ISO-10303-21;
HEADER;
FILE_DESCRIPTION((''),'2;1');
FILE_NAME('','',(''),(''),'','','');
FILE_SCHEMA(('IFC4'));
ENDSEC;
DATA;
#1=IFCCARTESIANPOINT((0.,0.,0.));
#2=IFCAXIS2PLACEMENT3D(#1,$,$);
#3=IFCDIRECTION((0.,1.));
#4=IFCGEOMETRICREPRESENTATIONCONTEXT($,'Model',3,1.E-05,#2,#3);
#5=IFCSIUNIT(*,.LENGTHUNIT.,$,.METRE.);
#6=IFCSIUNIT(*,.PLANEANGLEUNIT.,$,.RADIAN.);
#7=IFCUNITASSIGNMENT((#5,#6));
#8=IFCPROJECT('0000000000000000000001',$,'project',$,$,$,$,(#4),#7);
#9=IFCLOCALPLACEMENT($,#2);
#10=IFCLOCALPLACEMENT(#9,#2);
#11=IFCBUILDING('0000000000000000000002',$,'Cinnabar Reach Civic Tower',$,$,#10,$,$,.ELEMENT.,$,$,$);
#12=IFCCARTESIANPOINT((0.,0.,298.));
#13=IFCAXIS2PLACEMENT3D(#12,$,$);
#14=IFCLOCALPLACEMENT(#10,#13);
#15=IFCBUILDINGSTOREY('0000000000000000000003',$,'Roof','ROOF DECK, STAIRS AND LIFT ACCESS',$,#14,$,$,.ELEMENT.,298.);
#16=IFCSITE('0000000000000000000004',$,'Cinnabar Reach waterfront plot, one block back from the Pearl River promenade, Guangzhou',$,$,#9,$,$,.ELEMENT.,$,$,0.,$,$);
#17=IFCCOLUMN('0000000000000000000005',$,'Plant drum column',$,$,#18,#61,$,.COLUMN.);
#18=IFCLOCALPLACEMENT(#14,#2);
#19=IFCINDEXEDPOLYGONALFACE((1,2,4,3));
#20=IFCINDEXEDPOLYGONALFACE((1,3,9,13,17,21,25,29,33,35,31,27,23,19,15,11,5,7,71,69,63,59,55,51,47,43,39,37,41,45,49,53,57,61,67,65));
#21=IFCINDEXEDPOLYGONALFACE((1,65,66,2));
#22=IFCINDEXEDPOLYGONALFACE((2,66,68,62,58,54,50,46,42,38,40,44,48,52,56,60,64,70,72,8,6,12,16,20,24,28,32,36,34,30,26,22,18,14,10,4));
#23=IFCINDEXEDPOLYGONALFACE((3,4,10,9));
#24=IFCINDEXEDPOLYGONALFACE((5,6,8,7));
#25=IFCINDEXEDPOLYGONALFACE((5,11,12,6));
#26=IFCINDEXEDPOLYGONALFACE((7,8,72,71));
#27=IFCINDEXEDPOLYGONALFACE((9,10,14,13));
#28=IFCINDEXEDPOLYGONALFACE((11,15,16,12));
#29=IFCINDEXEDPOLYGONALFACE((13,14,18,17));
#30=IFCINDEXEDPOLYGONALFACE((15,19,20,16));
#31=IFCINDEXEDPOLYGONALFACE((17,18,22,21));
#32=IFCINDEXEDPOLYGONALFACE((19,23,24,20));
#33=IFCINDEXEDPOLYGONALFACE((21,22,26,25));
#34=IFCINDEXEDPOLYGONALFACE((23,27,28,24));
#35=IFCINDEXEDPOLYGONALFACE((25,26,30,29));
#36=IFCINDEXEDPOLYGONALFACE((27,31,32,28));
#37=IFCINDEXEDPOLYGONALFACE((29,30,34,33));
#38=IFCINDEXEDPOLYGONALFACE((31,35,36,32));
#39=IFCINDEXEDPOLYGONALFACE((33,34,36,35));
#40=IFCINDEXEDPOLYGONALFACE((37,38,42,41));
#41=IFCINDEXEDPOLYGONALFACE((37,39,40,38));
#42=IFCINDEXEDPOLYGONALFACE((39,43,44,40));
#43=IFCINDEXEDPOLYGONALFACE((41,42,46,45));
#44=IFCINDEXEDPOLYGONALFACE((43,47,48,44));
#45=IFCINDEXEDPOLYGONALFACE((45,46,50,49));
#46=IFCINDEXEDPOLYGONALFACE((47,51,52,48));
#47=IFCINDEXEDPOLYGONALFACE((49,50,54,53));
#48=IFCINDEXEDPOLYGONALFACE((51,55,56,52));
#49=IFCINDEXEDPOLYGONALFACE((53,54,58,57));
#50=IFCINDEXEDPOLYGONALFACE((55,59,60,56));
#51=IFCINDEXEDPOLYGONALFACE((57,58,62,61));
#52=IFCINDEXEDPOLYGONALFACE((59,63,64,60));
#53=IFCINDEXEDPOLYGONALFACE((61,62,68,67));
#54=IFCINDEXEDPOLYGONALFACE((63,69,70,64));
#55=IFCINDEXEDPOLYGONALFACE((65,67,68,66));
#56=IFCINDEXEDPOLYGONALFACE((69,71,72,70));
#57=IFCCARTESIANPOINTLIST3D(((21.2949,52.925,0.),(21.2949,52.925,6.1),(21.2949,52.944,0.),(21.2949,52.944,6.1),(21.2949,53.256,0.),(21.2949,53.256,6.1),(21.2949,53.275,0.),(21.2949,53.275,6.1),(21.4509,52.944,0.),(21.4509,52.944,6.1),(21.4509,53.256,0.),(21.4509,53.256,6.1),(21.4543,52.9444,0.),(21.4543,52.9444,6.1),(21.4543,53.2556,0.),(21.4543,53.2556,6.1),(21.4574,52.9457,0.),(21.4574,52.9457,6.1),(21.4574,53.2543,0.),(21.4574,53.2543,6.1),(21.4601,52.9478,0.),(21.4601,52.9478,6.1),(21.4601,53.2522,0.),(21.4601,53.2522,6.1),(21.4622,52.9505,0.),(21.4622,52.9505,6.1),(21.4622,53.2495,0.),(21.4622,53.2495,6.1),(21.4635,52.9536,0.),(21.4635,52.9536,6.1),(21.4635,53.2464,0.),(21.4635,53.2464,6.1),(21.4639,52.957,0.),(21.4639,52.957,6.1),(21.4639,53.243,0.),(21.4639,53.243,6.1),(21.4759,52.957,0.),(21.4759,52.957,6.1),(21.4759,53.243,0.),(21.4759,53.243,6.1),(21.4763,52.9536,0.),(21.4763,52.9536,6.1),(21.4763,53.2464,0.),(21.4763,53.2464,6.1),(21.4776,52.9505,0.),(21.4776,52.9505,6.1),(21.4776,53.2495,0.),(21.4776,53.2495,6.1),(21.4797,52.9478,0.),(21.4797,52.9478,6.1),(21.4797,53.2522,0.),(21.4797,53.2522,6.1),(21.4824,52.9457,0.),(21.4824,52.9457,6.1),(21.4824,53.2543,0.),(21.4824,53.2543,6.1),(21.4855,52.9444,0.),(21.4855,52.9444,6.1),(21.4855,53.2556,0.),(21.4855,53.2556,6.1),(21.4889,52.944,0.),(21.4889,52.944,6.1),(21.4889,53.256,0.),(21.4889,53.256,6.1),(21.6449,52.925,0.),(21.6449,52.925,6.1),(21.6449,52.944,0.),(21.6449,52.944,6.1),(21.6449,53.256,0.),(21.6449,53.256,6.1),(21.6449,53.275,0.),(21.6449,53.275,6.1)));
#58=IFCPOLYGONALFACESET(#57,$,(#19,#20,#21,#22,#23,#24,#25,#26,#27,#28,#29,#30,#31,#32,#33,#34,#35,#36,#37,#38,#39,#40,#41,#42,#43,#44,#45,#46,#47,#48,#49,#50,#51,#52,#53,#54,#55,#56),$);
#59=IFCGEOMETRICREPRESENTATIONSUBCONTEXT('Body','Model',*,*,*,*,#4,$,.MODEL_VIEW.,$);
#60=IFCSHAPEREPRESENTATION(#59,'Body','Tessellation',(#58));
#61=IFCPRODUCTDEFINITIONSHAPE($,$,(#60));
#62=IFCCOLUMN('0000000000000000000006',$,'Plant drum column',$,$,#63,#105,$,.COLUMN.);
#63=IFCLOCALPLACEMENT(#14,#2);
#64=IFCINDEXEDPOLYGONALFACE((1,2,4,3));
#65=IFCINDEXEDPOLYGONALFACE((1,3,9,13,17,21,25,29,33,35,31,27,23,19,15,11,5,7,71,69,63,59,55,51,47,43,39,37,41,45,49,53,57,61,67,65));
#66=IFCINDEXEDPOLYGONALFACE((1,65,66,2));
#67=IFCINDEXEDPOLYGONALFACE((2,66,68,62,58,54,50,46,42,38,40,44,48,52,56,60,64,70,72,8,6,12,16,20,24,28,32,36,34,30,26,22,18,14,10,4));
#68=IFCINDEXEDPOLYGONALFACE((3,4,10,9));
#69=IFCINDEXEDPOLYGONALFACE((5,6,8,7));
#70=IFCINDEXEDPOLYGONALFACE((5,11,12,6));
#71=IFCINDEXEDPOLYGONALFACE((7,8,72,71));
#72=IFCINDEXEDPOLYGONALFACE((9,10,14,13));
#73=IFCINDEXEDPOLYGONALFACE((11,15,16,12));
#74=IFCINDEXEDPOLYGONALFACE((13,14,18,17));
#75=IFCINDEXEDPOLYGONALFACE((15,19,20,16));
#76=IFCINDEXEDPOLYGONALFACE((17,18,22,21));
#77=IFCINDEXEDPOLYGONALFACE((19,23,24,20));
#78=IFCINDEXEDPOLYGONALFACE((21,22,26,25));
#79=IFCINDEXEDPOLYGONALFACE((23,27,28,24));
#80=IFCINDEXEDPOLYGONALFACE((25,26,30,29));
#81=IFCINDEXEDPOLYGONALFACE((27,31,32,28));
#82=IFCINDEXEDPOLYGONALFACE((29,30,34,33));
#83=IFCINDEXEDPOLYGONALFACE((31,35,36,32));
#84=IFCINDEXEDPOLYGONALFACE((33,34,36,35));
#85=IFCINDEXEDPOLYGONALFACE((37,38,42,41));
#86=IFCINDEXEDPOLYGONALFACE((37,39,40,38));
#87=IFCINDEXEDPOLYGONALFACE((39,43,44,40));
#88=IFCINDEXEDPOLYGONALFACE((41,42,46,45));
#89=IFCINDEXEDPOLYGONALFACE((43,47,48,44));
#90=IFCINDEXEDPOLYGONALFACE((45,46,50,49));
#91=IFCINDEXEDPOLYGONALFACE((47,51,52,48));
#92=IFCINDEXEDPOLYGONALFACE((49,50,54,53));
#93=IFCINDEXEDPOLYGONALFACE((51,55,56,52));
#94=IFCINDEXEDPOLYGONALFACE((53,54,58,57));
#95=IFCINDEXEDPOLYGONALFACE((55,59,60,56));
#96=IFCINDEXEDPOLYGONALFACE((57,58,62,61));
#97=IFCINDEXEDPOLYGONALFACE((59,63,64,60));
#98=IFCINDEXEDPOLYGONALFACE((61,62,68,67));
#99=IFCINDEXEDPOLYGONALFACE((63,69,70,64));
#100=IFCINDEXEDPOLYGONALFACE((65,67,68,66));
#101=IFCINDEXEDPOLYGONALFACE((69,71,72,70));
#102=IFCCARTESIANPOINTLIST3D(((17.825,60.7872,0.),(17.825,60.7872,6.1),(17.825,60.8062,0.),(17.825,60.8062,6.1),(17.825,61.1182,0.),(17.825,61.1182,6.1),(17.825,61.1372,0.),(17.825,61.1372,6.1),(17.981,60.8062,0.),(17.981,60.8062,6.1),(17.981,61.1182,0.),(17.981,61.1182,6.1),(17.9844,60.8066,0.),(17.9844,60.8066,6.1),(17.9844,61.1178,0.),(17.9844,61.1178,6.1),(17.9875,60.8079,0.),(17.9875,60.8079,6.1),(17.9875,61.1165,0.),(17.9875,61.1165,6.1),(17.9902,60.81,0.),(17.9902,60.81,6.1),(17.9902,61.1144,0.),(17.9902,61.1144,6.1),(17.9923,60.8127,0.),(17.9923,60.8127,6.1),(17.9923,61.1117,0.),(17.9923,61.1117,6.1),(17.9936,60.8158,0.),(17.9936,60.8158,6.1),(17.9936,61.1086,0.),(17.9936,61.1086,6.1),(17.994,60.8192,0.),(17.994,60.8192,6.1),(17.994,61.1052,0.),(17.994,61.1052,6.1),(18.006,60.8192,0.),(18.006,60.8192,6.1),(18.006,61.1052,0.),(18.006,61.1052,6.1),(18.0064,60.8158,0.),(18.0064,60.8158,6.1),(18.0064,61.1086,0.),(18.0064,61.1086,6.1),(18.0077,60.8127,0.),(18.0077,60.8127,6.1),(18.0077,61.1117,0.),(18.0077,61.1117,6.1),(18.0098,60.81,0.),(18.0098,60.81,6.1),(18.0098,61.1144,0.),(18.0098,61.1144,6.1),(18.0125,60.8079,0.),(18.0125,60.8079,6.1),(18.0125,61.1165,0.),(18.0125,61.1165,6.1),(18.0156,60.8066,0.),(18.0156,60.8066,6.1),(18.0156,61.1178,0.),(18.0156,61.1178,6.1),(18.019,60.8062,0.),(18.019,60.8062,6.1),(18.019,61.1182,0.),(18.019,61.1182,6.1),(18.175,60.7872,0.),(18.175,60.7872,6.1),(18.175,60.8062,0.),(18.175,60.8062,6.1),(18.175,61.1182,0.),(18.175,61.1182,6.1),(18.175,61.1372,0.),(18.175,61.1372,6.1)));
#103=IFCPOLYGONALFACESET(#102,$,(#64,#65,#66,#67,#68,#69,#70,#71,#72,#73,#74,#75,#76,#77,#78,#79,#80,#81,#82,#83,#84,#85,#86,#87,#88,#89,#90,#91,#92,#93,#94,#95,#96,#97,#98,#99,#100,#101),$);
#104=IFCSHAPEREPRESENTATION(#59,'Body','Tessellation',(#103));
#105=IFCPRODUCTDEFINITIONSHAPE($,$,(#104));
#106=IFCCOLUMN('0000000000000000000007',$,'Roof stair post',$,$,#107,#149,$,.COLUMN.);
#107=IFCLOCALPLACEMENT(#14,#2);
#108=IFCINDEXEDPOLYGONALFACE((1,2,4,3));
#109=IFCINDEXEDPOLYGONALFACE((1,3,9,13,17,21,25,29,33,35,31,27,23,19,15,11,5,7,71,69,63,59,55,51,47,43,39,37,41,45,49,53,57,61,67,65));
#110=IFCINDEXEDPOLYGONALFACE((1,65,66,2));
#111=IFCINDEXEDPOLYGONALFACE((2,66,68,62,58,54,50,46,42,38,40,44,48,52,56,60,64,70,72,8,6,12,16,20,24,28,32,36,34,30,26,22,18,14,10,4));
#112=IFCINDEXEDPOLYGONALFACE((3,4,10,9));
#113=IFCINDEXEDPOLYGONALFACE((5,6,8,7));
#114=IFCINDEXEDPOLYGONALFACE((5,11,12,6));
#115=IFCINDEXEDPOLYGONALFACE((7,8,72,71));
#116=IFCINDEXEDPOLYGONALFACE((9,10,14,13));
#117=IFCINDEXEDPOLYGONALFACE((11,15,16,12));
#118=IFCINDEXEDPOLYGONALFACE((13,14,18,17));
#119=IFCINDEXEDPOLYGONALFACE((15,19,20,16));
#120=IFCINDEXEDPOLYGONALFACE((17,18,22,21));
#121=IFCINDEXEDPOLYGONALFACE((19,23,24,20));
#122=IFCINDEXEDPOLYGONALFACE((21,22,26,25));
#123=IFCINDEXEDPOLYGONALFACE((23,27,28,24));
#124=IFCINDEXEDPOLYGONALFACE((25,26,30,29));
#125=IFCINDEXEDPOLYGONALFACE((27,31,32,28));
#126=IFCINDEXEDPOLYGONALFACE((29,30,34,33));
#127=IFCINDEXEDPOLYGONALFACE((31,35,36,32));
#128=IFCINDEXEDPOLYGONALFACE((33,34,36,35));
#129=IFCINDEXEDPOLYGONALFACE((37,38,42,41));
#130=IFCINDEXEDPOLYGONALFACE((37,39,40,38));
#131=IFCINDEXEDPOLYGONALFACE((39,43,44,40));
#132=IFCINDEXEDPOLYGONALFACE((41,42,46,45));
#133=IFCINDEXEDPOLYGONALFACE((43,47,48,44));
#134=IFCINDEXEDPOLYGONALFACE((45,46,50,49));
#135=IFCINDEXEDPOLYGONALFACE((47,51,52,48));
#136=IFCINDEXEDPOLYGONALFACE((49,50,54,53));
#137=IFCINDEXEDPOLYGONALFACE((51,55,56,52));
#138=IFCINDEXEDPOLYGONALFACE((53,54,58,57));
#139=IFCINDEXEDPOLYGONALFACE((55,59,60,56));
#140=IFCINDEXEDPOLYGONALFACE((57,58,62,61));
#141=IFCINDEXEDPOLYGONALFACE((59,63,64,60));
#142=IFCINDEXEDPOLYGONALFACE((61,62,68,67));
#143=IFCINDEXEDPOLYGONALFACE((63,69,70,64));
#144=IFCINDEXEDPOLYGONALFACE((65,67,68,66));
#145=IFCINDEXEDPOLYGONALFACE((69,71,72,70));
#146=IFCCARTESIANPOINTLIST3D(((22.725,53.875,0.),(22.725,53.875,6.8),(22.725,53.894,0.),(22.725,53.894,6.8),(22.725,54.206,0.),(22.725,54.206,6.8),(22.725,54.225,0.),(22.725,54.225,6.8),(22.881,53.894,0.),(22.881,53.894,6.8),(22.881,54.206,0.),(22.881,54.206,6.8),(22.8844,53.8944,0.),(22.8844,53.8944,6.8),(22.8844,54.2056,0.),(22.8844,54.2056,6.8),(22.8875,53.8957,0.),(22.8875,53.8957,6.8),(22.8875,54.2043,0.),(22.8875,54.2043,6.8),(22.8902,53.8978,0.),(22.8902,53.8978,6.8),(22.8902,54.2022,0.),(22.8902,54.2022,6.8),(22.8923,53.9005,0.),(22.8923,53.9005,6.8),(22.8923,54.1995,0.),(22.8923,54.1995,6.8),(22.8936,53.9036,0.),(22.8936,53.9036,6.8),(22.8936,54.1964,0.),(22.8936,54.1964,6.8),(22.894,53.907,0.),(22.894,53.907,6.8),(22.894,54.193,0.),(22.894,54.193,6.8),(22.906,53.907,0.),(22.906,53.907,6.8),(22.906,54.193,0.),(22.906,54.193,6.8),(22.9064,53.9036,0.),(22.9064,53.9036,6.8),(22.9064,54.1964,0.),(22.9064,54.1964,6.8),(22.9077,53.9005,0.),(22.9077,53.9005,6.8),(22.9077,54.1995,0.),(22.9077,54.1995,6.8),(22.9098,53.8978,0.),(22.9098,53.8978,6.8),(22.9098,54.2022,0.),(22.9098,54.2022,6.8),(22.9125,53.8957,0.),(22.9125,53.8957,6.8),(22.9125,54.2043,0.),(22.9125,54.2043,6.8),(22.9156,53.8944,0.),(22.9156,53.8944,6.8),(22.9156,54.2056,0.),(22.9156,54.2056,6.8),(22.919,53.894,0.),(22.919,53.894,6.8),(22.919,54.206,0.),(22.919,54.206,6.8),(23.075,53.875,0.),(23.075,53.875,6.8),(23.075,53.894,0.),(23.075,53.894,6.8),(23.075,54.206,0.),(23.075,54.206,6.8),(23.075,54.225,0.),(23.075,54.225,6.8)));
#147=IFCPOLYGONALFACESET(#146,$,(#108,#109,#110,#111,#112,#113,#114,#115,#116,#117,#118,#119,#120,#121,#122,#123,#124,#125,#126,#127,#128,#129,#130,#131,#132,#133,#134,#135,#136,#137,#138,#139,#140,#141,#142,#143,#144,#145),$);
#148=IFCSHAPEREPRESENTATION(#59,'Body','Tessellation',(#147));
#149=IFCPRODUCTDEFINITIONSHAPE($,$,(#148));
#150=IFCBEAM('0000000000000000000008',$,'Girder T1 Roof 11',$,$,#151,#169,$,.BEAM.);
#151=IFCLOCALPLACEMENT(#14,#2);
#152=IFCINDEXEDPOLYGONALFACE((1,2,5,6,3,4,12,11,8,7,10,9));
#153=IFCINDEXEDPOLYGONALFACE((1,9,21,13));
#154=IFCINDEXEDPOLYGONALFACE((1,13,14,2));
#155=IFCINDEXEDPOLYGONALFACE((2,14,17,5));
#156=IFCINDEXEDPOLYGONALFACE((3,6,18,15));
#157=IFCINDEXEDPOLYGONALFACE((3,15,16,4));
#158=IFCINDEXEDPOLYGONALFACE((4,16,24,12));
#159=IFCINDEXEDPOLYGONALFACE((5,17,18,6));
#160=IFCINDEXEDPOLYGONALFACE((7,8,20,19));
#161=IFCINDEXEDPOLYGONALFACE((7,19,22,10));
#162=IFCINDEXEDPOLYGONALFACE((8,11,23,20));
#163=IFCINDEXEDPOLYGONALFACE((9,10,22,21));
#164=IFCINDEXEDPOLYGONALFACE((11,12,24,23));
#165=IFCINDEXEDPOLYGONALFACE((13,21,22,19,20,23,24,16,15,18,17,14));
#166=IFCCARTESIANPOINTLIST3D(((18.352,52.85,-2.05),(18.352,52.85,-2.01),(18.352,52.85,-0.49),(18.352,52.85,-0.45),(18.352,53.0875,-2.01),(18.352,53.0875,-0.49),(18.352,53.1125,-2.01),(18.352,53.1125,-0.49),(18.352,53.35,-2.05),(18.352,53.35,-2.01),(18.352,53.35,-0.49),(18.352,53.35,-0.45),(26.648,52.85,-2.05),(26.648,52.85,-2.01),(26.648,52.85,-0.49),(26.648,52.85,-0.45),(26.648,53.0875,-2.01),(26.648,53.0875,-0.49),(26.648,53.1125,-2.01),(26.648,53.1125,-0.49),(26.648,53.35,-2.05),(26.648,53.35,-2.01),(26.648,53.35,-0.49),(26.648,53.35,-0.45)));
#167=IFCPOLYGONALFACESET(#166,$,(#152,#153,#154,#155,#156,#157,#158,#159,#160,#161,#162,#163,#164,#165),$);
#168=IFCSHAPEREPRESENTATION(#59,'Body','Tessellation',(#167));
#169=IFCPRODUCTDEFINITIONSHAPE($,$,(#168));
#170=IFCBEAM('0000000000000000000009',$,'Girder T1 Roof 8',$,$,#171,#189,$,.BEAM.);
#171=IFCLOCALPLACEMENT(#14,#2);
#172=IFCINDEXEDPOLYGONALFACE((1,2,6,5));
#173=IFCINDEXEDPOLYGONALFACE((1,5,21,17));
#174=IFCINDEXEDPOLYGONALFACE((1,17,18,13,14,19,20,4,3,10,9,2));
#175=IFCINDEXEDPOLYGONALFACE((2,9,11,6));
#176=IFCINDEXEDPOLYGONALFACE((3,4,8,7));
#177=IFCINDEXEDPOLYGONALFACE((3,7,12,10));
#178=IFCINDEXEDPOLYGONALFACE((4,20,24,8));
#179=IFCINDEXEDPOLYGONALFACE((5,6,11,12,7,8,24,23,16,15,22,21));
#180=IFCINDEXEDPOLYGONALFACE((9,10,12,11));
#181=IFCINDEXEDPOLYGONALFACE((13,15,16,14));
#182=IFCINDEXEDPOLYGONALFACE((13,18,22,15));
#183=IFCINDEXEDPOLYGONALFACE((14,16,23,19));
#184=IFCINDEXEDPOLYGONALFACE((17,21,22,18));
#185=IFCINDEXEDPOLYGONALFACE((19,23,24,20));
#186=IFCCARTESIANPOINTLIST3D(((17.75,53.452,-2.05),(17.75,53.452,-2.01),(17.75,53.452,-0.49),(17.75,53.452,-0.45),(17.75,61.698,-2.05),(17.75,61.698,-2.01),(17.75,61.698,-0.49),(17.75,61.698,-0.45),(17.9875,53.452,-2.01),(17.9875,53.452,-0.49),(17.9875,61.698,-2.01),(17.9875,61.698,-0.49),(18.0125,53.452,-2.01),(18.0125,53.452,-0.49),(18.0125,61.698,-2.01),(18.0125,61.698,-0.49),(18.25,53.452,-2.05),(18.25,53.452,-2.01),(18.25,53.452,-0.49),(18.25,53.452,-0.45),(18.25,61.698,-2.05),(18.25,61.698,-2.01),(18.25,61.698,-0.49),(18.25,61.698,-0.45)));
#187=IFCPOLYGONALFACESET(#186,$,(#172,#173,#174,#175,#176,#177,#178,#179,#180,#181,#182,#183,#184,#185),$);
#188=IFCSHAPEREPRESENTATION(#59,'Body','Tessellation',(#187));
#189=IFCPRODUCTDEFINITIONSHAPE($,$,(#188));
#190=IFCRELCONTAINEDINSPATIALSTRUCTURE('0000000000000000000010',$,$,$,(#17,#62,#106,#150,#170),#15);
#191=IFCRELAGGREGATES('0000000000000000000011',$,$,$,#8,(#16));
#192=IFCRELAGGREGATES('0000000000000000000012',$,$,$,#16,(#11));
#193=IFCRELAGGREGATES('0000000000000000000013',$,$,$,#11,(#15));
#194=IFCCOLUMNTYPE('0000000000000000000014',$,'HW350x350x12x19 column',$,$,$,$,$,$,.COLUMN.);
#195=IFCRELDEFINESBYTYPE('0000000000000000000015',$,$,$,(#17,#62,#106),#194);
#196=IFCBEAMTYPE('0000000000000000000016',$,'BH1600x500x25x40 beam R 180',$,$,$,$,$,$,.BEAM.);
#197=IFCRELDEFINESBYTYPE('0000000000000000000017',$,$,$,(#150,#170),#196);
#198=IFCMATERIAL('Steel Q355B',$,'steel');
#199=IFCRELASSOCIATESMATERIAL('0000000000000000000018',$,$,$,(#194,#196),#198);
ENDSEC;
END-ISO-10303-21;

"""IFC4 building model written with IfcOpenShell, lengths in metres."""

from ifc_helpers import new_model, si_unit, direction, frame, origin, origin_2d, place, context, subcontext, project, spatial, i_section, extrude, material, material_profile, profile_set, type_object, element, save


model = new_model("IFC4")

# Units and contexts
model_context = context("Model", 3, precision=1e-05, world=origin(), true_north=direction((0.0, 1.0)))
body_context = subcontext(model_context, "Body", "Model", "MODEL_VIEW")
ifc_project = project(units=[si_unit("LENGTHUNIT", "METRE"), si_unit("PLANEANGLEUNIT", "RADIAN")], contexts=[model_context])

# Site, building, storey
site_placement = place(None, origin())
site = spatial("IfcSite", under=ifc_project, at=site_placement, Name="Cinnabar Reach waterfront plot, one block back from the Pearl River promenade, Guangzhou", CompositionType="ELEMENT", RefElevation=0.0)
building_placement = place(site_placement, origin())
building = spatial("IfcBuilding", under=site, at=building_placement, Name="Cinnabar Reach Civic Tower", CompositionType="ELEMENT")
storey_placement = place(building_placement, frame((0.0, 0.0, 298.0)))
storey = spatial("IfcBuildingStorey", under=building, at=storey_placement, Name="Roof", Description="ROOF DECK, STAIRS AND LIFT ACCESS", CompositionType="ELEMENT", Elevation=298.0)

# Columns
ifc_material_1 = material(Name="Steel Q355B", Category="steel")
ifc_material_profile_1 = material_profile(ifc_material_1, i_section(OverallWidth=0.35, OverallDepth=0.35, WebThickness=0.012, FlangeThickness=0.019, FilletRadius=0.013, at=origin_2d()), Name="HW350x350x12x19")
ifc_profile_set_1 = profile_set([ifc_material_profile_1], Name="Steel Q355B")
column_type = type_object("IfcColumnType", Name="HW350x350x12x19 column", PredefinedType="COLUMN", material=ifc_profile_set_1)
for number, where, z_axis, x_axis, name in (
    (1, (21.4699, 53.1, 0.0), (0.0, 0.0, 1.0), (1.0, 0.0, 0.0), "Plant drum column"),
    (2, (18.0, 60.9622, 0.0), (0.0, 0.0, 1.0), (1.0, 0.0, 0.0), "Plant drum column"),
):
    element("IfcColumn", number, at=place(storey_placement, frame(where, z_axis=z_axis, x_axis=x_axis)), inside=storey, type_object=column_type, Name=name, PredefinedType="COLUMN", context=body_context, shape_type="SweptSolid", body=[
        extrude(i_section(OverallWidth=0.35, OverallDepth=0.35, WebThickness=0.012, FlangeThickness=0.019, FilletRadius=0.013, at=origin_2d()), origin(), (0.0, 0.0, 1.0), 6.1),
    ])
column_placement = place(storey_placement, frame((22.9, 54.05, 0.0), z_axis=(0.0, 0.0, 1.0), x_axis=(1.0, 0.0, 0.0)))
element("IfcColumn", 3, at=column_placement, inside=storey, type_object=column_type, Name="Roof stair post", PredefinedType="COLUMN", context=body_context, shape_type="SweptSolid", body=[
    extrude(i_section(OverallWidth=0.35, OverallDepth=0.35, WebThickness=0.012, FlangeThickness=0.019, FilletRadius=0.013, at=origin_2d()), origin(), (0.0, 0.0, 1.0), 6.8),
])

# Beams
ifc_material_profile_2 = material_profile(ifc_material_1, i_section(OverallWidth=0.5, OverallDepth=1.6, WebThickness=0.025, FlangeThickness=0.04, at=origin_2d()), Name="BH1600x500x25x40")
ifc_profile_set_2 = profile_set([ifc_material_profile_2], Name="Steel Q355B")
beam_type_1 = type_object("IfcBeamType", Name="BH1600x500x25x40 beam R 180", PredefinedType="BEAM", material=ifc_profile_set_2)
beam_1_placement = place(storey_placement, frame((18.352, 53.1, -1.25), z_axis=(1.0, 0.0, 0.0), x_axis=(0.0, 1.0, 0.0)))
element("IfcBeam", 4, at=beam_1_placement, inside=storey, type_object=beam_type_1, Name="Girder T1 Roof 11", PredefinedType="BEAM", context=body_context, shape_type="SweptSolid", body=[
    extrude(i_section(OverallWidth=0.5, OverallDepth=1.6, WebThickness=0.025, FlangeThickness=0.04, at=origin_2d()), origin(), (0.0, 0.0, 1.0), 8.296),
])
beam_2_placement = place(storey_placement, frame((18.0, 53.452, -1.25), z_axis=(0.0, 1.0, 0.0), x_axis=(-1.0, 0.0, 0.0)))
element("IfcBeam", 5, at=beam_2_placement, inside=storey, type_object=beam_type_1, Name="Girder T1 Roof 8", PredefinedType="BEAM", context=body_context, shape_type="SweptSolid", body=[
    extrude(i_section(OverallWidth=0.5, OverallDepth=1.6, WebThickness=0.025, FlangeThickness=0.04, at=origin_2d()), origin(), (0.0, 0.0, 1.0), 8.246),
])

save(model, "model.ifc")
